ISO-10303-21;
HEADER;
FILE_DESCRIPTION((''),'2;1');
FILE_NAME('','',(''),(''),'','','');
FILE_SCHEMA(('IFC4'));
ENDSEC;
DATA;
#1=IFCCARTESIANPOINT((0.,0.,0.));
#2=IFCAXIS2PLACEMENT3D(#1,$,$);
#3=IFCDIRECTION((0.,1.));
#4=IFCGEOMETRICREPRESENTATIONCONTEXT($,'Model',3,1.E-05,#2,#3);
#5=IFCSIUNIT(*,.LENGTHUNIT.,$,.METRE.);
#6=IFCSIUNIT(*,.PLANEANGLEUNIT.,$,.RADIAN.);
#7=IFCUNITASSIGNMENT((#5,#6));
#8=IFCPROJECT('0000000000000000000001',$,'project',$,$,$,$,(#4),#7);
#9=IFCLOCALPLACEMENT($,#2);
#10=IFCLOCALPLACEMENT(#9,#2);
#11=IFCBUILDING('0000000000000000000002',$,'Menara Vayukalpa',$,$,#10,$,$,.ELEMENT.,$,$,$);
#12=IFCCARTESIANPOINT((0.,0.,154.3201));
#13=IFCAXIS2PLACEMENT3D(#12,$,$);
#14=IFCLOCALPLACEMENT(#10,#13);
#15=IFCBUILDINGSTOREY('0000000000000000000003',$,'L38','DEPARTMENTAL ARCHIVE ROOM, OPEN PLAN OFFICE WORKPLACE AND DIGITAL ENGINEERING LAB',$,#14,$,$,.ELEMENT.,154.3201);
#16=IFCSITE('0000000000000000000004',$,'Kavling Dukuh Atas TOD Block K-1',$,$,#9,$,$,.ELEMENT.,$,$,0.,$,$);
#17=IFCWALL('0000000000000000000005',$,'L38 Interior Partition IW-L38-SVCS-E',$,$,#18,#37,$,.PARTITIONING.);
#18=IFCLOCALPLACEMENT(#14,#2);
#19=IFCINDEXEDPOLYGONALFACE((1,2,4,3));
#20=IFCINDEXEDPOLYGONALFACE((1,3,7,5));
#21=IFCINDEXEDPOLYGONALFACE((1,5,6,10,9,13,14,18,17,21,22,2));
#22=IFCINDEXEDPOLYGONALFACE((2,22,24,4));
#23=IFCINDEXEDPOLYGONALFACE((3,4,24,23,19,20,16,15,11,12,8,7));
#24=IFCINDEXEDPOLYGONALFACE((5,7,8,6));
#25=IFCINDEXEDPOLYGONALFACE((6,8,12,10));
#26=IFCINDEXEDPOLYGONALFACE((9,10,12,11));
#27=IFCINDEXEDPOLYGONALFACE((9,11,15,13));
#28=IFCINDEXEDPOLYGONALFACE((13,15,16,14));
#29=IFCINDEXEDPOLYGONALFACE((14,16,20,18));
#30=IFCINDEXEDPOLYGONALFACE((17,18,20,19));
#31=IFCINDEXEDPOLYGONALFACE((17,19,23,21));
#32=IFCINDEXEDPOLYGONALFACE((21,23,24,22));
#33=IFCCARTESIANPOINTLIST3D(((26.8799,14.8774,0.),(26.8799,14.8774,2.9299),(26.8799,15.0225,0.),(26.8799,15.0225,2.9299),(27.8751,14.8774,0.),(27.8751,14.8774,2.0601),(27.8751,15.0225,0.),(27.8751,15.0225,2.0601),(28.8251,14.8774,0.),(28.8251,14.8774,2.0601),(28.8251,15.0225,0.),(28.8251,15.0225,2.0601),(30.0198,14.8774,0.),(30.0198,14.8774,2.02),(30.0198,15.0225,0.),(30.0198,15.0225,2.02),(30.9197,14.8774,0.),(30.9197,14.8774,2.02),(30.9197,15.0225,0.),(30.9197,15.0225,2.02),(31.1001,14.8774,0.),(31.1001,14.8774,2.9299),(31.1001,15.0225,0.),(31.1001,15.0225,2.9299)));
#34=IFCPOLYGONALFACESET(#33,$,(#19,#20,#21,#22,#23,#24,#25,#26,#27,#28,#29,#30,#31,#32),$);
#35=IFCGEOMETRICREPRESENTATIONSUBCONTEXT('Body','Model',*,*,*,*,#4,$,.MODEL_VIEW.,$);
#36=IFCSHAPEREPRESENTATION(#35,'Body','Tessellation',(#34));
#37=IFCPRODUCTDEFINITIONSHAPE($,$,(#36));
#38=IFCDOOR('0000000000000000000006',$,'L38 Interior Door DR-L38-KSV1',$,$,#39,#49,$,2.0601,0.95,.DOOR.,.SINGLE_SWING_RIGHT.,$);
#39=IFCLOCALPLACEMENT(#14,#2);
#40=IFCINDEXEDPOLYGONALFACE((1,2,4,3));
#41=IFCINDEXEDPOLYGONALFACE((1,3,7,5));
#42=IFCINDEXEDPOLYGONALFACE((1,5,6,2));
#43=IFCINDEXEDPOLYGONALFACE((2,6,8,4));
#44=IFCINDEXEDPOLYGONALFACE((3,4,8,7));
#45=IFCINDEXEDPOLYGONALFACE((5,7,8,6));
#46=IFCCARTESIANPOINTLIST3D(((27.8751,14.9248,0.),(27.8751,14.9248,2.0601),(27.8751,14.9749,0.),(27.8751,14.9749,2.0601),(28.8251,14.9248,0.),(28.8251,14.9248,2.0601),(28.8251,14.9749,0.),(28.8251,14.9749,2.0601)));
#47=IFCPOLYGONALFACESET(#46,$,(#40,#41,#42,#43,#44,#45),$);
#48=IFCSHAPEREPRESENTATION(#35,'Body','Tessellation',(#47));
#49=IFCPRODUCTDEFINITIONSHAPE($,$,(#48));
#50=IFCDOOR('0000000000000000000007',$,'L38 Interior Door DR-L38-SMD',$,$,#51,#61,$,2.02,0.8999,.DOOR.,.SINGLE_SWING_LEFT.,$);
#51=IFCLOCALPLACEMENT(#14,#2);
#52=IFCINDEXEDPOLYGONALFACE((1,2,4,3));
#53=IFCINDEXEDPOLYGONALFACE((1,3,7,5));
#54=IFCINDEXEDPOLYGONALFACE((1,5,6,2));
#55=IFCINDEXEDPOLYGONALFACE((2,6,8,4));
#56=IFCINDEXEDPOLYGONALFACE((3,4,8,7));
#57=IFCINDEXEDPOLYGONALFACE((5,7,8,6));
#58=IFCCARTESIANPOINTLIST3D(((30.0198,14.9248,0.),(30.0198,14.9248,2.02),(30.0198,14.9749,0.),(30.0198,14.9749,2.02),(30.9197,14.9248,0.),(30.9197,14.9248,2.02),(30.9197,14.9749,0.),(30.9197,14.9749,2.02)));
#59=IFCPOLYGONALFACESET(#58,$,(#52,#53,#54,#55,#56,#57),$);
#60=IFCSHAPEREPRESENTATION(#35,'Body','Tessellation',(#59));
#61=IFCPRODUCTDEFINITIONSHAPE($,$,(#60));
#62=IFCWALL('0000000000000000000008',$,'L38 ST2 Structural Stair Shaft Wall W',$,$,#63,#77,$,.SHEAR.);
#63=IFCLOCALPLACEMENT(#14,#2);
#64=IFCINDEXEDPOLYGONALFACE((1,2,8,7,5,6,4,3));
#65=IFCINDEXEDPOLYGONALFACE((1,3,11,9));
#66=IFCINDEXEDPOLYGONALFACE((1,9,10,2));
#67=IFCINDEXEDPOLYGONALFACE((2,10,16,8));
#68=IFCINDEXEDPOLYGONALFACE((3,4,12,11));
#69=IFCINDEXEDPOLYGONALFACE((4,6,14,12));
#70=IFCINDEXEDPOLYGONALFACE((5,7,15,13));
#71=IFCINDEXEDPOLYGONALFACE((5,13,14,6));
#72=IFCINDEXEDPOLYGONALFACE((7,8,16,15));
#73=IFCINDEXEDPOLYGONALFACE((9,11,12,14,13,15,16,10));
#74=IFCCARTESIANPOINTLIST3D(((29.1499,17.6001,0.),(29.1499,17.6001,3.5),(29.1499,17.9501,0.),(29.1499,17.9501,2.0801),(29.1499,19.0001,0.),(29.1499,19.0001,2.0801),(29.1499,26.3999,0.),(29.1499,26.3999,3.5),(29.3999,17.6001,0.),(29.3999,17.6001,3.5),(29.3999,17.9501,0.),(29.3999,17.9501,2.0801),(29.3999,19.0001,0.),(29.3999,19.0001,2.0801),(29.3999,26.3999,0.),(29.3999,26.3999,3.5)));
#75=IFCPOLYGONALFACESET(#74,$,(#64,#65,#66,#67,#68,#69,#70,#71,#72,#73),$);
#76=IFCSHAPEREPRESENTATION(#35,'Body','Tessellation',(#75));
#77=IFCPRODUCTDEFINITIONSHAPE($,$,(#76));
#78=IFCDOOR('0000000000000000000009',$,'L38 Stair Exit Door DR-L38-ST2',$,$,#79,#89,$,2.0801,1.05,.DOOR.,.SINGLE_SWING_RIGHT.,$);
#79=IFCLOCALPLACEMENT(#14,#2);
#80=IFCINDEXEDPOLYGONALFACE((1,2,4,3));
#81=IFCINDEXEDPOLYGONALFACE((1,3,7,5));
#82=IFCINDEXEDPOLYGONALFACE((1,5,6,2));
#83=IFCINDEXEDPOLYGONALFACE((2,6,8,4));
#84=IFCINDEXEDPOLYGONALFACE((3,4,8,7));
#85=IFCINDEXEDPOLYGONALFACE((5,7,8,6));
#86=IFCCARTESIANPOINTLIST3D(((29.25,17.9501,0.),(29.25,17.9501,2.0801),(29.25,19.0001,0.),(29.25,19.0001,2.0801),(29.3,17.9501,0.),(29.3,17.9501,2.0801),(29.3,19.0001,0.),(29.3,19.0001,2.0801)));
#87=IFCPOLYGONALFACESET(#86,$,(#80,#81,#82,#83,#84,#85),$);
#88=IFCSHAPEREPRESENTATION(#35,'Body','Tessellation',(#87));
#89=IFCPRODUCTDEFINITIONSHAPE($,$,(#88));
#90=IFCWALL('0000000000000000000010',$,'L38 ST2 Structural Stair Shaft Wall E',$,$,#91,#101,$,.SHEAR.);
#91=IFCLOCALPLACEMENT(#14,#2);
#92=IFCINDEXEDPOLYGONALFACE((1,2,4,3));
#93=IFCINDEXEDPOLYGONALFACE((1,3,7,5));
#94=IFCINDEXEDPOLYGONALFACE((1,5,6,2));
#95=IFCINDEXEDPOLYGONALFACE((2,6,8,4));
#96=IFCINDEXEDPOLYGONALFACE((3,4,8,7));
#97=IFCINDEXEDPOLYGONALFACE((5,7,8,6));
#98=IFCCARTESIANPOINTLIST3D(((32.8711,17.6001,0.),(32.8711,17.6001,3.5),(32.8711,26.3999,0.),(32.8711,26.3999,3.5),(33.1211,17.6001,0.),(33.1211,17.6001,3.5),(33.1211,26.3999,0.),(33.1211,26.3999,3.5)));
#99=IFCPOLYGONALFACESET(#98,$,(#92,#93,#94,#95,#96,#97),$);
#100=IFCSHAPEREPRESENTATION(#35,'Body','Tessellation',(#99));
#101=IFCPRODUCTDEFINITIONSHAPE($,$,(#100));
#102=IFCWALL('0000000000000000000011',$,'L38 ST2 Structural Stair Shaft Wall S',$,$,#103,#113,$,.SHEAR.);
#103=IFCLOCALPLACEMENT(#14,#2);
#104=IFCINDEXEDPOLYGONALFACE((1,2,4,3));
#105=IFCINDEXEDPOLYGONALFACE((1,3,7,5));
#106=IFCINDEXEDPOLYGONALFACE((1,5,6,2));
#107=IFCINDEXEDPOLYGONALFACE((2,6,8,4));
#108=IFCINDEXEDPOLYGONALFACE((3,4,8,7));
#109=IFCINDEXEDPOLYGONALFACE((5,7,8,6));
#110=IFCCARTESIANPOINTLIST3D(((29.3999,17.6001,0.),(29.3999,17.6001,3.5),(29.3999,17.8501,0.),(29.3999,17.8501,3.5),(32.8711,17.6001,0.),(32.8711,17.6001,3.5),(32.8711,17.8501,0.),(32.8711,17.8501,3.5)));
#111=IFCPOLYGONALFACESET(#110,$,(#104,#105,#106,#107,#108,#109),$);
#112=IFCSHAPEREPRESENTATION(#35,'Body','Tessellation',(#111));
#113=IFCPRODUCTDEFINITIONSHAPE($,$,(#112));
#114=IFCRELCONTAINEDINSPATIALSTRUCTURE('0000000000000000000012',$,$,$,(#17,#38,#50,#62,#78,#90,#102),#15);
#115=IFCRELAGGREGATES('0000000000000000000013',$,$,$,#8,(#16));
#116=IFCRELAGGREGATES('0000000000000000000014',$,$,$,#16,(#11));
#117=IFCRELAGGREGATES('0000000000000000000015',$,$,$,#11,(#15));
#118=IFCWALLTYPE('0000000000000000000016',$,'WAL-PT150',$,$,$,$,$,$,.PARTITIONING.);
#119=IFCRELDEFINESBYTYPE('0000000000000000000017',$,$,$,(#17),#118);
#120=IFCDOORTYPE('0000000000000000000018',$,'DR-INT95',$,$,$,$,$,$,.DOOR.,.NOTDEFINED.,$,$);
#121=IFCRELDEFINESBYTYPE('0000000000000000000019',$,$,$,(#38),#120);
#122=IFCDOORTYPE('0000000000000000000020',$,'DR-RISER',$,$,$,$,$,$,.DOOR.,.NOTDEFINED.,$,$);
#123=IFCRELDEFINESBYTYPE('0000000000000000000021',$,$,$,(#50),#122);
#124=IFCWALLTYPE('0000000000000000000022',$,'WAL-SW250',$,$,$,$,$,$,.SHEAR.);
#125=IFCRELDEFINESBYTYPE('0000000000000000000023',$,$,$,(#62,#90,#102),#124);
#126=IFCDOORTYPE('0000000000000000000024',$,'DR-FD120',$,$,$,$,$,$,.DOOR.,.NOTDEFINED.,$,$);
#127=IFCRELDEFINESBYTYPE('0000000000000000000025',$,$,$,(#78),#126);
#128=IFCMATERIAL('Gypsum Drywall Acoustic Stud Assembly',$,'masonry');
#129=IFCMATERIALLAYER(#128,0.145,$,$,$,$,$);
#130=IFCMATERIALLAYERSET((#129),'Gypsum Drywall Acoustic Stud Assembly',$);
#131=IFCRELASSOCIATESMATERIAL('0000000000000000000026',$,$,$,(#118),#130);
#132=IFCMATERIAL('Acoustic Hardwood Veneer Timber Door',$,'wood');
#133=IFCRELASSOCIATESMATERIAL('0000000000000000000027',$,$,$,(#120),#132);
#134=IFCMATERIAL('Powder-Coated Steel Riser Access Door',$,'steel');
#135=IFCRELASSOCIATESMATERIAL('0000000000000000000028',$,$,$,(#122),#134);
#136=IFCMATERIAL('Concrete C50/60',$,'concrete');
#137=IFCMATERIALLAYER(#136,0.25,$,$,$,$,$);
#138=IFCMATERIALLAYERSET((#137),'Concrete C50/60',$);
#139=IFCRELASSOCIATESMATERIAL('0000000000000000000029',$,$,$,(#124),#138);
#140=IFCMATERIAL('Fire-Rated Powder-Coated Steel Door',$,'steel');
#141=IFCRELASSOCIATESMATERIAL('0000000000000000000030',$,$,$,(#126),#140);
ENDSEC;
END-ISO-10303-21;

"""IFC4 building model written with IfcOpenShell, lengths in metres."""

from ifc_helpers import new_model, si_unit, direction, frame, frame_2d, origin, place, context, subcontext, project, spatial, rectangle, extrude, material, layer, layer_set, type_object, element, fill, save


model = new_model("IFC4")

# Units and contexts
model_context = context("Model", 3, precision=1e-05, world=origin(), true_north=direction((0.0, 1.0)))
body_context = subcontext(model_context, "Body", "Model", "MODEL_VIEW")
ifc_project = project(units=[si_unit("LENGTHUNIT", "METRE"), si_unit("PLANEANGLEUNIT", "RADIAN")], contexts=[model_context])

# Site, building, storey
site_placement = place(None, origin())
site = spatial("IfcSite", under=ifc_project, at=site_placement, Name="Kavling Dukuh Atas TOD Block K-1", CompositionType="ELEMENT", RefElevation=0.0)
building_placement = place(site_placement, origin())
building = spatial("IfcBuilding", under=site, at=building_placement, Name="Menara Vayukalpa", CompositionType="ELEMENT")
storey_placement = place(building_placement, frame((0.0, 0.0, 154.3201)))
storey = spatial("IfcBuildingStorey", under=building, at=storey_placement, Name="L38", Description="DEPARTMENTAL ARCHIVE ROOM, OPEN PLAN OFFICE WORKPLACE AND DIGITAL ENGINEERING LAB", CompositionType="ELEMENT", Elevation=154.3201)

# Wall, openings, doors
ifc_material_1 = material(Name="Gypsum Drywall Acoustic Stud Assembly", Category="masonry")
ifc_layer_1 = layer(ifc_material_1, 0.145)
ifc_layer_set_1 = layer_set([ifc_layer_1], Name="Gypsum Drywall Acoustic Stud Assembly")
wall_type_1 = type_object("IfcWallType", Name="WAL-PT150", PredefinedType="PARTITIONING", material=ifc_layer_set_1)
wall_1_placement = place(storey_placement, frame((26.8799, 14.95, 0.0), z_axis=(0.0, 0.0, 1.0), x_axis=(1.0, 0.0, 0.0)))
wall_1 = element("IfcWall", 1, at=wall_1_placement, inside=storey, type_object=wall_type_1, Name="L38 Interior Partition IW-L38-SVCS-E", PredefinedType="PARTITIONING", context=body_context, shape_type="SweptSolid", body=[
    extrude(rectangle(XDim=4.2202, YDim=0.145, at=frame_2d((2.1101, 0.0))), origin(), (0.0, 0.0, 1.0), 2.9299),
])
opening_1_placement = place(wall_1_placement, frame((0.9951, 0.0, 0.0)))
opening_1 = element("IfcOpeningElement", 2, at=opening_1_placement, cuts=wall_1, PredefinedType="OPENING", context=body_context, shape_type="SweptSolid", body=[
    extrude(rectangle(XDim=0.95, YDim=2.0601, at=frame_2d((0.4751, 1.03))), frame((0.0, 0.0825, 0.0), z_axis=(0.0, -1.0, 0.0), x_axis=(1.0, 0.0, 0.0)), (0.0, 0.0, 1.0), 0.165),
])
opening_2_placement = place(wall_1_placement, frame((3.1399, 0.0, 0.0)))
opening_2 = element("IfcOpeningElement", 3, at=opening_2_placement, cuts=wall_1, PredefinedType="OPENING", context=body_context, shape_type="SweptSolid", body=[
    extrude(rectangle(XDim=0.8999, YDim=2.02, at=frame_2d((0.45, 1.01))), frame((0.0, 0.0825, 0.0), z_axis=(0.0, -1.0, 0.0), x_axis=(1.0, 0.0, 0.0)), (0.0, 0.0, 1.0), 0.165),
])
ifc_material_2 = material(Name="Acoustic Hardwood Veneer Timber Door", Category="wood")
door_type_1 = type_object("IfcDoorType", Name="DR-INT95", OperationType="NOTDEFINED", PredefinedType="DOOR", material=ifc_material_2)
door_1_placement = place(opening_1_placement, origin())
door_1 = element("IfcDoor", 4, at=door_1_placement, inside=storey, type_object=door_type_1, Name="L38 Interior Door DR-L38-KSV1", OperationType="SINGLE_SWING_RIGHT", OverallHeight=2.0601, OverallWidth=0.95, PredefinedType="DOOR", context=body_context, shape_type="SweptSolid", body=[
    extrude(rectangle(XDim=0.95, YDim=2.0601, at=frame_2d((0.4751, 1.03))), frame((0.0, 0.0249, 0.0), z_axis=(0.0, -1.0, 0.0), x_axis=(1.0, 0.0, 0.0)), (0.0, 0.0, 1.0), 0.05),
])
fill(opening_1, door_1)
ifc_material_3 = material(Name="Powder-Coated Steel Riser Access Door", Category="steel")
door_type_2 = type_object("IfcDoorType", Name="DR-RISER", OperationType="NOTDEFINED", PredefinedType="DOOR", material=ifc_material_3)
door_2_placement = place(opening_2_placement, origin())
door_2 = element("IfcDoor", 5, at=door_2_placement, inside=storey, type_object=door_type_2, Name="L38 Interior Door DR-L38-SMD", OperationType="SINGLE_SWING_LEFT", OverallHeight=2.02, OverallWidth=0.8999, PredefinedType="DOOR", context=body_context, shape_type="SweptSolid", body=[
    extrude(rectangle(XDim=0.8999, YDim=2.02, at=frame_2d((0.45, 1.01))), frame((0.0, 0.0249, 0.0), z_axis=(0.0, -1.0, 0.0), x_axis=(1.0, 0.0, 0.0)), (0.0, 0.0, 1.0), 0.05),
])
fill(opening_2, door_2)

# Wall, opening, door
ifc_material_4 = material(Name="Concrete C50/60", Category="concrete")
ifc_layer_2 = layer(ifc_material_4, 0.25)
ifc_layer_set_2 = layer_set([ifc_layer_2], Name="Concrete C50/60")
wall_type_2 = type_object("IfcWallType", Name="WAL-SW250", PredefinedType="SHEAR", material=ifc_layer_set_2)
wall_2_placement = place(storey_placement, frame((29.2749, 17.6001, 0.0), z_axis=(0.0, 0.0, 1.0), x_axis=(0.0, 1.0, 0.0)))
wall_2 = element("IfcWall", 6, at=wall_2_placement, inside=storey, type_object=wall_type_2, Name="L38 ST2 Structural Stair Shaft Wall W", PredefinedType="SHEAR", context=body_context, shape_type="SweptSolid", body=[
    extrude(rectangle(XDim=8.7998, YDim=0.25, at=frame_2d((4.3999, 0.0))), origin(), (0.0, 0.0, 1.0), 3.5),
])
opening_3_placement = place(wall_2_placement, frame((0.3501, 0.0, 0.0)))
opening_3 = element("IfcOpeningElement", 7, at=opening_3_placement, cuts=wall_2, PredefinedType="OPENING", context=body_context, shape_type="SweptSolid", body=[
    extrude(rectangle(XDim=1.05, YDim=2.0801, at=frame_2d((0.5249, 1.04))), frame((0.0, 0.135, 0.0), z_axis=(0.0, -1.0, 0.0), x_axis=(1.0, 0.0, 0.0)), (0.0, 0.0, 1.0), 0.27),
])
ifc_material_5 = material(Name="Fire-Rated Powder-Coated Steel Door", Category="steel")
door_type_3 = type_object("IfcDoorType", Name="DR-FD120", OperationType="NOTDEFINED", PredefinedType="DOOR", material=ifc_material_5)
door_3_placement = place(opening_3_placement, origin())
door_3 = element("IfcDoor", 8, at=door_3_placement, inside=storey, type_object=door_type_3, Name="L38 Stair Exit Door DR-L38-ST2", OperationType="SINGLE_SWING_RIGHT", OverallHeight=2.0801, OverallWidth=1.05, PredefinedType="DOOR", context=body_context, shape_type="SweptSolid", body=[
    extrude(rectangle(XDim=1.05, YDim=2.0801, at=frame_2d((0.5249, 1.04))), frame((0.0, 0.0249, 0.0), z_axis=(0.0, -1.0, 0.0), x_axis=(1.0, 0.0, 0.0)), (0.0, 0.0, 1.0), 0.05),
])
fill(opening_3, door_3)

# Walls
wall_3_placement = place(storey_placement, frame((32.9961, 17.6001, 0.0), z_axis=(0.0, 0.0, 1.0), x_axis=(0.0, 1.0, 0.0)))
element("IfcWall", 9, at=wall_3_placement, inside=storey, type_object=wall_type_2, Name="L38 ST2 Structural Stair Shaft Wall E", PredefinedType="SHEAR", context=body_context, shape_type="SweptSolid", body=[
    extrude(rectangle(XDim=8.7998, YDim=0.25, at=frame_2d((4.3999, 0.0))), origin(), (0.0, 0.0, 1.0), 3.5),
])
wall_4_placement = place(storey_placement, frame((29.3999, 17.7251, 0.0), z_axis=(0.0, 0.0, 1.0), x_axis=(1.0, 0.0, 0.0)))
element("IfcWall", 10, at=wall_4_placement, inside=storey, type_object=wall_type_2, Name="L38 ST2 Structural Stair Shaft Wall S", PredefinedType="SHEAR", context=body_context, shape_type="SweptSolid", body=[
    extrude(rectangle(XDim=3.4712, YDim=0.25, at=frame_2d((1.7356, 0.0))), origin(), (0.0, 0.0, 1.0), 3.5),
])

save(model, "model.ifc")
